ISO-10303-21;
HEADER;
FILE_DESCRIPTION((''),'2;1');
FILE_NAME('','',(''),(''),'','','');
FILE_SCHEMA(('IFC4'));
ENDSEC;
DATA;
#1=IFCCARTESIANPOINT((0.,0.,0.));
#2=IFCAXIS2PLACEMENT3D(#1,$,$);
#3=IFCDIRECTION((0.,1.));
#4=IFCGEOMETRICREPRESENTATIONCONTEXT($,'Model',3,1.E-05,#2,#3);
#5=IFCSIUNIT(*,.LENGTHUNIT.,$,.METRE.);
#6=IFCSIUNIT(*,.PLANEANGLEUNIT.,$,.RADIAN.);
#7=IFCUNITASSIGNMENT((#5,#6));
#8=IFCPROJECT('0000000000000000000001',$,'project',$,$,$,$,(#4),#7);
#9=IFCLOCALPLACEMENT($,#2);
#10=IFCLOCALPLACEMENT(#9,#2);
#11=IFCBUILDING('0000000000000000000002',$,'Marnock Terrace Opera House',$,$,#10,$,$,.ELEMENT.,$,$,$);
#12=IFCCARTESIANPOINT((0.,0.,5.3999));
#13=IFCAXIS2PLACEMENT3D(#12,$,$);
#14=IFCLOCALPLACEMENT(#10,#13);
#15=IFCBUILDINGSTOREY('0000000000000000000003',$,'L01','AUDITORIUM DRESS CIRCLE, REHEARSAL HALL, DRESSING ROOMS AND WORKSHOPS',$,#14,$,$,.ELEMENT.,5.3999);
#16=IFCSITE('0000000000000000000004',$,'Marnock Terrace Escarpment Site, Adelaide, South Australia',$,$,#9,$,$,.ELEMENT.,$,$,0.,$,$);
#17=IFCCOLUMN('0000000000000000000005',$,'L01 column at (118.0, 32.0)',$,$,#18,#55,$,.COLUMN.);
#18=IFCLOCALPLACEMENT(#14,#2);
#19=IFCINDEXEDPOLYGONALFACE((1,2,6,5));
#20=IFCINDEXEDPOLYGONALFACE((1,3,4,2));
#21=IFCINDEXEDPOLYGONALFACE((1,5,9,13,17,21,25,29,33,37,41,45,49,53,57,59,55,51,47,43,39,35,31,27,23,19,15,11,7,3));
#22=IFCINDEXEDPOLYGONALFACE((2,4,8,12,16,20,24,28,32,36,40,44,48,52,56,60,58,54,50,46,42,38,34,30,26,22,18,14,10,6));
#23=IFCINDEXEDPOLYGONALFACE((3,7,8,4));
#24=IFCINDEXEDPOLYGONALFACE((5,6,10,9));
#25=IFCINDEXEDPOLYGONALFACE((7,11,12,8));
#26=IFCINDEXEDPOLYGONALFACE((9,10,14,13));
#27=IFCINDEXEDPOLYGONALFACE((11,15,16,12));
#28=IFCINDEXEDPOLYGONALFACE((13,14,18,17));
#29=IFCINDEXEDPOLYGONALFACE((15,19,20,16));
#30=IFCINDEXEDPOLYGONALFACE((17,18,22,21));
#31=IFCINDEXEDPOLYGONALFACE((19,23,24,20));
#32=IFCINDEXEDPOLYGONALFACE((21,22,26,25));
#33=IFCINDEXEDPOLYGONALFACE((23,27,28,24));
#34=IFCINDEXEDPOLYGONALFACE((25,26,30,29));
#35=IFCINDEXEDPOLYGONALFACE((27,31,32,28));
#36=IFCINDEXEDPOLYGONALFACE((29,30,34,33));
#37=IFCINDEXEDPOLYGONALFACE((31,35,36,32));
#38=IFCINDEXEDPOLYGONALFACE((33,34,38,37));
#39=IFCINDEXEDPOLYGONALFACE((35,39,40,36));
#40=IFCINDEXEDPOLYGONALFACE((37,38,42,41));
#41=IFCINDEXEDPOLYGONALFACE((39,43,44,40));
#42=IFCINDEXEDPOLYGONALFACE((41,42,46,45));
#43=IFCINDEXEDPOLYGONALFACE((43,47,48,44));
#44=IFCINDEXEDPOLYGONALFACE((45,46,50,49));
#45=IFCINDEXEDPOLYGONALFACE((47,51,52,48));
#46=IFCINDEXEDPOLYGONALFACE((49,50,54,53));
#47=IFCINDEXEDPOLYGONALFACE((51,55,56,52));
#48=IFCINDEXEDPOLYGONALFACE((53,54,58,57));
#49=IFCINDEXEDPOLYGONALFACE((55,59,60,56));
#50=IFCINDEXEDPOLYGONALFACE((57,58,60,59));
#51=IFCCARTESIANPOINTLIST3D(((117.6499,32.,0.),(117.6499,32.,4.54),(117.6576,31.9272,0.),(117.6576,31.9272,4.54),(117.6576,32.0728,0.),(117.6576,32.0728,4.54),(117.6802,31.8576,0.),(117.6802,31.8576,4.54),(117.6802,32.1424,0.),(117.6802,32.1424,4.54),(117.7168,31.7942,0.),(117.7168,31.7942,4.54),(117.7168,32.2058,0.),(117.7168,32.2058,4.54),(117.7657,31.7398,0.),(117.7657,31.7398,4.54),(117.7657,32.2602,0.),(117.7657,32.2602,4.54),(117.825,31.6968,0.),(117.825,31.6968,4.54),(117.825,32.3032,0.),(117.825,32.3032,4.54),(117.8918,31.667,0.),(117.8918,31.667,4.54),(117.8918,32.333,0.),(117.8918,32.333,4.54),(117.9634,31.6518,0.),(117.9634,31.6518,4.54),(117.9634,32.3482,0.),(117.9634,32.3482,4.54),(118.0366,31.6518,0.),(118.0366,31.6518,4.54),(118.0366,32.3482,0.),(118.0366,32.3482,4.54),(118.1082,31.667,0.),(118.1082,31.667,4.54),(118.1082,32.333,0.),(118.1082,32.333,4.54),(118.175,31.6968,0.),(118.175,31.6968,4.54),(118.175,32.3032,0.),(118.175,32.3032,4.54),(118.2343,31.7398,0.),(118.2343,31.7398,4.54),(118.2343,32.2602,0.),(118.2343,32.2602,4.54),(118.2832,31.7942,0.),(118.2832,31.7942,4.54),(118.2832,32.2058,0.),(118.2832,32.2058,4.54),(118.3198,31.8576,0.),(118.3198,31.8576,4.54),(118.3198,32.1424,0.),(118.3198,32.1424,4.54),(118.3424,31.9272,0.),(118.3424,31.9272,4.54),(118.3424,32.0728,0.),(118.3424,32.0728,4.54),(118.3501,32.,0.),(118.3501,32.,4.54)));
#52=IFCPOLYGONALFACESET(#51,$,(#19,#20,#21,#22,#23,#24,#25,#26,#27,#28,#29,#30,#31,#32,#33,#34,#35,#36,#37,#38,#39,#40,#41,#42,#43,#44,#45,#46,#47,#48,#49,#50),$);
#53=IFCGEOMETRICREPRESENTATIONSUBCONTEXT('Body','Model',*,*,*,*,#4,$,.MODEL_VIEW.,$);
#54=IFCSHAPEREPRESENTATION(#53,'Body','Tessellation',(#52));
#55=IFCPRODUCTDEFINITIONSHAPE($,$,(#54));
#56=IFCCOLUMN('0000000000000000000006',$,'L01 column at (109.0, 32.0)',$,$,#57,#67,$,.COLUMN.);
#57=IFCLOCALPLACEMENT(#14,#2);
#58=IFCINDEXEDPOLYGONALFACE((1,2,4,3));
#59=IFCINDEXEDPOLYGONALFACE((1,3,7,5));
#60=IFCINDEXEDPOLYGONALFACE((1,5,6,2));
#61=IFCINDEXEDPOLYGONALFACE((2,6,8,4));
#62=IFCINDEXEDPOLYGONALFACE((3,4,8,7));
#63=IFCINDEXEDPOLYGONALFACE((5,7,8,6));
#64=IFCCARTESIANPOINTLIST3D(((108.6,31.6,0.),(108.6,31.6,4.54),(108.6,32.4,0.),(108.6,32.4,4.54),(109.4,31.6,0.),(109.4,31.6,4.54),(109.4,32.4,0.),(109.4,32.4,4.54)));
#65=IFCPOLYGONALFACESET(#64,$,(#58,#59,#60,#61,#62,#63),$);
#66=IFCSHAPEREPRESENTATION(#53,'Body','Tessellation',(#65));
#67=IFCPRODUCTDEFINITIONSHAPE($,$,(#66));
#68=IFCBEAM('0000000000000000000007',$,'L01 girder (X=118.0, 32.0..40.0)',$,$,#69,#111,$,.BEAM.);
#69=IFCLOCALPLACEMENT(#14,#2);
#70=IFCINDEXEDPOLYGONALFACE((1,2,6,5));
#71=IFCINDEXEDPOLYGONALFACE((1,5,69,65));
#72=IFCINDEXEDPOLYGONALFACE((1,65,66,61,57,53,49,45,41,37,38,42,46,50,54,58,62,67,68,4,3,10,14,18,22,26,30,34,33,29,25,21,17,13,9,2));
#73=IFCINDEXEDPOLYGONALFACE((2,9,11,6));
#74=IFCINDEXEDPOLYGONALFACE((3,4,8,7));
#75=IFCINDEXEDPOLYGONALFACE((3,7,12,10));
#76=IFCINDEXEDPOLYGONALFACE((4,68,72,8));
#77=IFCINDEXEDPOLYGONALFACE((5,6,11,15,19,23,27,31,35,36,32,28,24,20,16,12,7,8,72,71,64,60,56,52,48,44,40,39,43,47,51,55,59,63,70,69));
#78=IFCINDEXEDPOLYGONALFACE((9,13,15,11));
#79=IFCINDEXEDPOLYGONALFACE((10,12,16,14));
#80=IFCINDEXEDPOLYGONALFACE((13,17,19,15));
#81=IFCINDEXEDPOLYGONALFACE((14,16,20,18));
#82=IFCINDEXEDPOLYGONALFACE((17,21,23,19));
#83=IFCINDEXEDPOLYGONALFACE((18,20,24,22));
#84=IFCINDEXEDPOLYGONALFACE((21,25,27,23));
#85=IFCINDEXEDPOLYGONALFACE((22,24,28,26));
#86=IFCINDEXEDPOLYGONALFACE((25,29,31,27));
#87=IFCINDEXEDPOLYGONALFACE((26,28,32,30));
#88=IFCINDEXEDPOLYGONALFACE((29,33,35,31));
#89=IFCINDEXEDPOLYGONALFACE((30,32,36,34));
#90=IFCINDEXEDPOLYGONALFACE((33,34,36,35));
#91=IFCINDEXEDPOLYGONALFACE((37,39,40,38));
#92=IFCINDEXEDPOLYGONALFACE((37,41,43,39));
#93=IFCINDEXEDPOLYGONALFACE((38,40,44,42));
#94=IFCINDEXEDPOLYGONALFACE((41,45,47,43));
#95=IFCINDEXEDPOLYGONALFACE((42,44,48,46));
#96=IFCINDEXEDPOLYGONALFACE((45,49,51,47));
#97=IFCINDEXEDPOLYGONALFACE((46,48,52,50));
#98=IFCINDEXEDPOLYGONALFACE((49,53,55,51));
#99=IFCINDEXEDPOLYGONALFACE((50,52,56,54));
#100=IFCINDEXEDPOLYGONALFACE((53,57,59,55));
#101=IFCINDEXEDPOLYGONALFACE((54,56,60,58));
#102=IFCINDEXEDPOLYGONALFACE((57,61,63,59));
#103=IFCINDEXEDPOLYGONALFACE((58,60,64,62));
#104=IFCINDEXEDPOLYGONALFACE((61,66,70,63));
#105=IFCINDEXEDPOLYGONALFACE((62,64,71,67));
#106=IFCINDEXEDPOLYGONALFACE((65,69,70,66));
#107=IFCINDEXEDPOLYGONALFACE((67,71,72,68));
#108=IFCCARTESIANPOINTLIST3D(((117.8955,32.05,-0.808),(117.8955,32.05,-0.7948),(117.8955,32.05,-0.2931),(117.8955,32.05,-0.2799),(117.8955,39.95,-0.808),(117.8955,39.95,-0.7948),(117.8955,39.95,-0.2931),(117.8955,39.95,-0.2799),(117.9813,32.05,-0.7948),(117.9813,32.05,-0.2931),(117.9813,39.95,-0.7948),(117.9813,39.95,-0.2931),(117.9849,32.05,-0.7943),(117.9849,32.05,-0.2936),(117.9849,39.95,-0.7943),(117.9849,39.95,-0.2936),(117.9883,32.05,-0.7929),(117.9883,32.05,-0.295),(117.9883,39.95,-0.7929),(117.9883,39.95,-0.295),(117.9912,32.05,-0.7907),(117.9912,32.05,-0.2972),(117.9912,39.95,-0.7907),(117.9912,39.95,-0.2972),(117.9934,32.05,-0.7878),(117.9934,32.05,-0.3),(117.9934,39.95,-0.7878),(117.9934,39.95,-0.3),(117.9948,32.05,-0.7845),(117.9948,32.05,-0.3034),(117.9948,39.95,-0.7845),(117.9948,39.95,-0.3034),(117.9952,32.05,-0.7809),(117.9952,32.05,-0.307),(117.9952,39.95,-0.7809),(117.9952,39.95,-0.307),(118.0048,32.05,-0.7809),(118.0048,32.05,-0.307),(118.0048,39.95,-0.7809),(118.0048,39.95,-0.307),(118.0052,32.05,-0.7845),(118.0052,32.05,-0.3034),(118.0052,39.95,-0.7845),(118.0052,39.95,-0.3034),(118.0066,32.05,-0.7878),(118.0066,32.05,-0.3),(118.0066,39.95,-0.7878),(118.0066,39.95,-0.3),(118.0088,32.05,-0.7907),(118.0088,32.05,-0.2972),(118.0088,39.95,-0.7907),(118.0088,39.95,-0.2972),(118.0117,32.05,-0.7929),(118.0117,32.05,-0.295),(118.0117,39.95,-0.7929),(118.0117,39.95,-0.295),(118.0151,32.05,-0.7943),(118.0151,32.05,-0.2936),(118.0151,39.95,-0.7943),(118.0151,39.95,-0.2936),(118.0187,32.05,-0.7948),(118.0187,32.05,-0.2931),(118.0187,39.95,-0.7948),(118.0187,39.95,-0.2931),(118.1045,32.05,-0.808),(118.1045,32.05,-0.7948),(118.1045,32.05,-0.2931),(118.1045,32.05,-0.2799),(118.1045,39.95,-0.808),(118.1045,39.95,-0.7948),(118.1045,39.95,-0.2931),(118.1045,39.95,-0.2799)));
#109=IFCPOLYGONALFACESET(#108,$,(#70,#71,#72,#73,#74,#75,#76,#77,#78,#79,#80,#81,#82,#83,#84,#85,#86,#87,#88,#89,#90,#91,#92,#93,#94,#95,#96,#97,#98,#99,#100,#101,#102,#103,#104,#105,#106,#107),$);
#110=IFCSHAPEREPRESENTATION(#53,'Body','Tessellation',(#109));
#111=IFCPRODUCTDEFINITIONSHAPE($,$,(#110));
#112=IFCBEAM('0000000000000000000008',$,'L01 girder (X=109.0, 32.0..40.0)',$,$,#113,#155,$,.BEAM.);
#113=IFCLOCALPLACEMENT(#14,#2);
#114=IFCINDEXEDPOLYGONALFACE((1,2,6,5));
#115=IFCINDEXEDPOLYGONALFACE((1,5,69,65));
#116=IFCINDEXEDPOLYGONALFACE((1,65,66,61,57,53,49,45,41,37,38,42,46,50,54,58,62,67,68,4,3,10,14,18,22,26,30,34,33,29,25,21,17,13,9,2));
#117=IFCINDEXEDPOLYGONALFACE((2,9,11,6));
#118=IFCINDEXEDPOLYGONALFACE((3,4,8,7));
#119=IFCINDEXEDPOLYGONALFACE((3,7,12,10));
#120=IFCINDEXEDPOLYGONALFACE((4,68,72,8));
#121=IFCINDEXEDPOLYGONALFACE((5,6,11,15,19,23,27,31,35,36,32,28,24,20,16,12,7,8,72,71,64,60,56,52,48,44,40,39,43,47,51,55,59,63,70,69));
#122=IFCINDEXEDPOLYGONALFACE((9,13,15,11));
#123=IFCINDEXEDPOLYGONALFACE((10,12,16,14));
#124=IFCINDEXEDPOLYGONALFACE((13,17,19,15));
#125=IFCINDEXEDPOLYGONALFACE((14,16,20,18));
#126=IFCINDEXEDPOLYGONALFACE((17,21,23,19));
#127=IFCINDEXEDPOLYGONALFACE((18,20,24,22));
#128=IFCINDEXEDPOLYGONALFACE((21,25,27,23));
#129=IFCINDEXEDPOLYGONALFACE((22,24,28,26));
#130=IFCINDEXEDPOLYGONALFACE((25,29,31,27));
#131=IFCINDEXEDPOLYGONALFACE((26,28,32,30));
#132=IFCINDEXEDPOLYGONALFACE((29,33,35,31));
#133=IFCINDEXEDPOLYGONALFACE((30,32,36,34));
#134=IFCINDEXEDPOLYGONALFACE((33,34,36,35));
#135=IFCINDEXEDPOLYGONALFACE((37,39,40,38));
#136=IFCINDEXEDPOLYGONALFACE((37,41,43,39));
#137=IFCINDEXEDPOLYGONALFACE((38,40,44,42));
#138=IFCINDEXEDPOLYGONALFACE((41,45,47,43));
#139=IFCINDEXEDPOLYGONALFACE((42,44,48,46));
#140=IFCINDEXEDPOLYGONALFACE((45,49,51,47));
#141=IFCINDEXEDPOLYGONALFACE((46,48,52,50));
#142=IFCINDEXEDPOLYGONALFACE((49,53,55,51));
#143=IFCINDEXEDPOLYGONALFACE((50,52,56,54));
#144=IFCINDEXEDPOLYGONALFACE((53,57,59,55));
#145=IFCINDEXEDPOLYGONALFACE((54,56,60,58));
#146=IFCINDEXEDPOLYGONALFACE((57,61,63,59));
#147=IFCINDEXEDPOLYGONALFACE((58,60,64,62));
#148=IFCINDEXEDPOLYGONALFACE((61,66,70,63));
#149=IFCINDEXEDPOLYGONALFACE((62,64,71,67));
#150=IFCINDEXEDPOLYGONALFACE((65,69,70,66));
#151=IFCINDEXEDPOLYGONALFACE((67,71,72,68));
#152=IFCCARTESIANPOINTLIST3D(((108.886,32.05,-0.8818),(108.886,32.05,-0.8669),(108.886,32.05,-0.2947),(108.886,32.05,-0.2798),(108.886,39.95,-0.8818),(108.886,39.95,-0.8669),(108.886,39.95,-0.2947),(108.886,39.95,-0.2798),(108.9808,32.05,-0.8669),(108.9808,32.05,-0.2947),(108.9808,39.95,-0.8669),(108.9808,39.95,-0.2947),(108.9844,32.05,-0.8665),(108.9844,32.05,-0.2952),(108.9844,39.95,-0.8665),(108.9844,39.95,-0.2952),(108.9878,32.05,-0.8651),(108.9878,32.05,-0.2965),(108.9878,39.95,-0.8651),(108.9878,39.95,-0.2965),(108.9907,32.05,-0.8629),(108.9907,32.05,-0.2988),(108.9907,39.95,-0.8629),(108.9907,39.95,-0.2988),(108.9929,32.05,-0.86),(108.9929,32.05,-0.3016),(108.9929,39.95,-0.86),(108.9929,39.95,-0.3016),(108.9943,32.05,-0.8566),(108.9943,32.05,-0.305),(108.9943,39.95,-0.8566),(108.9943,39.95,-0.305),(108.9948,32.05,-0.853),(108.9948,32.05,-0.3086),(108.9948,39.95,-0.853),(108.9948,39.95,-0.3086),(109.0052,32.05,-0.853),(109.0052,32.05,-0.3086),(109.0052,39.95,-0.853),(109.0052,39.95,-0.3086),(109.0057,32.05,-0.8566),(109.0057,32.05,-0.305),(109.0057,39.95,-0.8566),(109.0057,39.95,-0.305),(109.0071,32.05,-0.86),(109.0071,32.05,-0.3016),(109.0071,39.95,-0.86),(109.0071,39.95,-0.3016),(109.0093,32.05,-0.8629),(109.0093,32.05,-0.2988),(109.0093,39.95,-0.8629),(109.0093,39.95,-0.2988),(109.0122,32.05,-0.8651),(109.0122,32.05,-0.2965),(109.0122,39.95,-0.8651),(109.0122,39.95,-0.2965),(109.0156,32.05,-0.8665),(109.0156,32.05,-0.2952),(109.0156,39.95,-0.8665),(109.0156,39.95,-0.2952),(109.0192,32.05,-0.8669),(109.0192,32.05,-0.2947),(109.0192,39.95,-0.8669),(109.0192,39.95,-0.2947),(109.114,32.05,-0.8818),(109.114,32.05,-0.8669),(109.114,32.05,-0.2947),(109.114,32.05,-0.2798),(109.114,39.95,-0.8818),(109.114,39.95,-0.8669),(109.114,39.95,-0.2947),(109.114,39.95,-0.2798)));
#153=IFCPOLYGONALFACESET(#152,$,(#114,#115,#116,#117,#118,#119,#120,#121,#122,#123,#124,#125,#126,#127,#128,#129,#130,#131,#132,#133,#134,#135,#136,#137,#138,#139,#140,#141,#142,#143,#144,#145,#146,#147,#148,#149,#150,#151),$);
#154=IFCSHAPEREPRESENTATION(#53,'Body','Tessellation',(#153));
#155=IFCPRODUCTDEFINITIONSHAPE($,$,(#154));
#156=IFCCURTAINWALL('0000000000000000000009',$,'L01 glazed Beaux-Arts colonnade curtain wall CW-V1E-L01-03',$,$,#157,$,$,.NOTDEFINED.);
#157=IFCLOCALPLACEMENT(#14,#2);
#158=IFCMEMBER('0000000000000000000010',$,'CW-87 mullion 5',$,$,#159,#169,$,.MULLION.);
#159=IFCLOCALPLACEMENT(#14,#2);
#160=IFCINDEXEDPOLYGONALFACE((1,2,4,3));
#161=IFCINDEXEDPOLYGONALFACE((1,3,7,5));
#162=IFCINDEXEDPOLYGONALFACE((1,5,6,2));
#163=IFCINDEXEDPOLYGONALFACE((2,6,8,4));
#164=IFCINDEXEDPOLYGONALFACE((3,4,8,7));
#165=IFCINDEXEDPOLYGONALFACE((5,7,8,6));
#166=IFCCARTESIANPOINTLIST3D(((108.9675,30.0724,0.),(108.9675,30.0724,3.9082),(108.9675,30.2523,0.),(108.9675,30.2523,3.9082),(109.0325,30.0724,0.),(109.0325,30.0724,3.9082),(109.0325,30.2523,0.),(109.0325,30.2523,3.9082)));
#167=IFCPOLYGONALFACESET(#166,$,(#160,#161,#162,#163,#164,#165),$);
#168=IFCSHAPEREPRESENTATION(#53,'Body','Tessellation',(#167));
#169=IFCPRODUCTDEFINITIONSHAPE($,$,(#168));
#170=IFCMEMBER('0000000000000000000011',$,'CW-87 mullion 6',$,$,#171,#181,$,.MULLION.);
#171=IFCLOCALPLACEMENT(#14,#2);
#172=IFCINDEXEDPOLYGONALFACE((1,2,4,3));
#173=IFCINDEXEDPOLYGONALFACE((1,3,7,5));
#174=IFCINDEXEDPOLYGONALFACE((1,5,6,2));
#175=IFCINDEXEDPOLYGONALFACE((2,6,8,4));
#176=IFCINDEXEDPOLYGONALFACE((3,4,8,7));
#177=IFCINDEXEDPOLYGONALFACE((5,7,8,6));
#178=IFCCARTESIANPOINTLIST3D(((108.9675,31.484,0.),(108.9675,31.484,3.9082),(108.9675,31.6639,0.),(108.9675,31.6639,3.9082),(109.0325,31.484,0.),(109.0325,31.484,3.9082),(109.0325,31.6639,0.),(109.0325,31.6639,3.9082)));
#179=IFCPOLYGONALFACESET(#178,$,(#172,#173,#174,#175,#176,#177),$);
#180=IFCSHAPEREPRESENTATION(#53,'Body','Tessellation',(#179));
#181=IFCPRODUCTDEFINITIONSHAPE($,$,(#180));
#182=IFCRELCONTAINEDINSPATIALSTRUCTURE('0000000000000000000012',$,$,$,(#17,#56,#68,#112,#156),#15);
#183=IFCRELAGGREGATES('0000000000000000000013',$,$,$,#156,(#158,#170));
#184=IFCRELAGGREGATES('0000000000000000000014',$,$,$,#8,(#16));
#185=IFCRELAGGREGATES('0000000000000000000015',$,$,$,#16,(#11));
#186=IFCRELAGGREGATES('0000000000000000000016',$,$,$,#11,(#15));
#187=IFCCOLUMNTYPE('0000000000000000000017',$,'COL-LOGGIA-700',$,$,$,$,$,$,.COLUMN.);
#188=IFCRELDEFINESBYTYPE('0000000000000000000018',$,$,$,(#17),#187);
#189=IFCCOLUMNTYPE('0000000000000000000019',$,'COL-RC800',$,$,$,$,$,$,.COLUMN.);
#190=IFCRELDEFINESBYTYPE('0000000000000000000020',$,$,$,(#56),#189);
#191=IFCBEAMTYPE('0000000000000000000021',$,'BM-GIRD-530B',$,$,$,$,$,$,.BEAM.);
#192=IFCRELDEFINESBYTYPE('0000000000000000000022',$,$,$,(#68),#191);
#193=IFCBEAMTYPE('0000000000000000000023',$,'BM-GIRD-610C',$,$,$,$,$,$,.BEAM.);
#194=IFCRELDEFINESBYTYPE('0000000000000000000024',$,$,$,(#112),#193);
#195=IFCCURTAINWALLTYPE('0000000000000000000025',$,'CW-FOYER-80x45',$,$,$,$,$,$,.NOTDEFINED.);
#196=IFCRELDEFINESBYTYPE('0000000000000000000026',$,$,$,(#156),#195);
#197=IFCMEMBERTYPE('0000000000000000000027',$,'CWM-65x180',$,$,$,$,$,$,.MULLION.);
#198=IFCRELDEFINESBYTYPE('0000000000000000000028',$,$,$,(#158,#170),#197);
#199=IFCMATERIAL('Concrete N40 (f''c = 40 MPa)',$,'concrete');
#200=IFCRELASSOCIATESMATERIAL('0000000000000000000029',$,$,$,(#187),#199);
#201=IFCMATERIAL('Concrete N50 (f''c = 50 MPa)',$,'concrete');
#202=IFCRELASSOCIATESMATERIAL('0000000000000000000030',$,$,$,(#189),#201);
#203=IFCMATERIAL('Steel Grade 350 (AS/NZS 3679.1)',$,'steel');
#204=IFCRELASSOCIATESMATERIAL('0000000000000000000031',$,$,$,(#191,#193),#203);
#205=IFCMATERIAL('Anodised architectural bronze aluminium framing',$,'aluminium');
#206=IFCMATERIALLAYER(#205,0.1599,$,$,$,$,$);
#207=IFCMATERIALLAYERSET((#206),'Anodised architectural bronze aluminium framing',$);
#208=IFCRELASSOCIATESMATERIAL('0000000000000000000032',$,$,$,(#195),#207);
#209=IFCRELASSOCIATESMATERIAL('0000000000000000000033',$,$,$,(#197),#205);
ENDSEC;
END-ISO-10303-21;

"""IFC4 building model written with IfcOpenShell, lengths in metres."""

from ifc_helpers import new_model, si_unit, direction, frame, origin, origin_2d, place, context, subcontext, project, spatial, rectangle, circle, i_section, extrude, material, layer, layer_set, material_profile, profile_set, type_object, element, aggregate, save


model = new_model("IFC4")

# Units and contexts
model_context = context("Model", 3, precision=1e-05, world=origin(), true_north=direction((0.0, 1.0)))
body_context = subcontext(model_context, "Body", "Model", "MODEL_VIEW")
ifc_project = project(units=[si_unit("LENGTHUNIT", "METRE"), si_unit("PLANEANGLEUNIT", "RADIAN")], contexts=[model_context])

# Site, building, storey
site_placement = place(None, origin())
site = spatial("IfcSite", under=ifc_project, at=site_placement, Name="Marnock Terrace Escarpment Site, Adelaide, South Australia", CompositionType="ELEMENT", RefElevation=0.0)
building_placement = place(site_placement, origin())
building = spatial("IfcBuilding", under=site, at=building_placement, Name="Marnock Terrace Opera House", CompositionType="ELEMENT")
storey_placement = place(building_placement, frame((0.0, 0.0, 5.3999)))
storey = spatial("IfcBuildingStorey", under=building, at=storey_placement, Name="L01", Description="AUDITORIUM DRESS CIRCLE, REHEARSAL HALL, DRESSING ROOMS AND WORKSHOPS", CompositionType="ELEMENT", Elevation=5.3999)

# Columns
ifc_material_1 = material(Name="Concrete N40 (f'c = 40 MPa)", Category="concrete")
ifc_material_profile_1 = material_profile(ifc_material_1, circle(Radius=0.3501, at=origin_2d()))
ifc_profile_set_1 = profile_set([ifc_material_profile_1], Name="Concrete N40 (f'c = 40 MPa)")
column_type_1 = type_object("IfcColumnType", Name="COL-LOGGIA-700", PredefinedType="COLUMN", material=ifc_profile_set_1)
column_1_placement = place(storey_placement, frame((118.0, 32.0, 0.0), z_axis=(0.0, 0.0, 1.0), x_axis=(1.0, 0.0, 0.0)))
element("IfcColumn", 1, at=column_1_placement, inside=storey, type_object=column_type_1, Name="L01 column at (118.0, 32.0)", PredefinedType="COLUMN", context=body_context, shape_type="SweptSolid", body=[
    extrude(circle(Radius=0.3501, at=origin_2d()), origin(), (0.0, 0.0, 1.0), 4.54),
])
ifc_material_2 = material(Name="Concrete N50 (f'c = 50 MPa)", Category="concrete")
ifc_material_profile_2 = material_profile(ifc_material_2, rectangle(XDim=0.8, YDim=0.8, at=origin_2d()))
ifc_profile_set_2 = profile_set([ifc_material_profile_2], Name="Concrete N50 (f'c = 50 MPa)")
column_type_2 = type_object("IfcColumnType", Name="COL-RC800", PredefinedType="COLUMN", material=ifc_profile_set_2)
column_2_placement = place(storey_placement, frame((109.0, 32.0, 0.0), z_axis=(0.0, 0.0, 1.0), x_axis=(1.0, 0.0, 0.0)))
element("IfcColumn", 2, at=column_2_placement, inside=storey, type_object=column_type_2, Name="L01 column at (109.0, 32.0)", PredefinedType="COLUMN", context=body_context, shape_type="SweptSolid", body=[
    extrude(rectangle(XDim=0.8, YDim=0.8, at=origin_2d()), origin(), (0.0, 0.0, 1.0), 4.54),
])

# Beams
ifc_material_3 = material(Name="Steel Grade 350 (AS/NZS 3679.1)", Category="steel")
ifc_material_profile_3 = material_profile(ifc_material_3, i_section(OverallWidth=0.209, OverallDepth=0.5281, WebThickness=0.0095, FlangeThickness=0.0132, FilletRadius=0.0139, at=origin_2d()))
ifc_profile_set_3 = profile_set([ifc_material_profile_3], Name="Steel Grade 350 (AS/NZS 3679.1)")
beam_type_1 = type_object("IfcBeamType", Name="BM-GIRD-530B", PredefinedType="BEAM", material=ifc_profile_set_3)
beam_1_placement = place(storey_placement, frame((118.0, 32.05, -0.5439), z_axis=(0.0, 1.0, 0.0), x_axis=(-1.0, 0.0, 0.0)))
element("IfcBeam", 3, at=beam_1_placement, inside=storey, type_object=beam_type_1, Name="L01 girder (X=118.0, 32.0..40.0)", PredefinedType="BEAM", context=body_context, shape_type="SweptSolid", body=[
    extrude(i_section(OverallWidth=0.209, OverallDepth=0.5281, WebThickness=0.0095, FlangeThickness=0.0132, FilletRadius=0.0139, at=origin_2d()), origin(), (0.0, 0.0, 1.0), 7.8999),
])
ifc_material_profile_4 = material_profile(ifc_material_3, i_section(OverallWidth=0.228, OverallDepth=0.6021, WebThickness=0.0105, FlangeThickness=0.0149, FilletRadius=0.0139, at=origin_2d()))
ifc_profile_set_4 = profile_set([ifc_material_profile_4], Name="Steel Grade 350 (AS/NZS 3679.1)")
beam_type_2 = type_object("IfcBeamType", Name="BM-GIRD-610C", PredefinedType="BEAM", material=ifc_profile_set_4)
beam_2_placement = place(storey_placement, frame((109.0, 32.05, -0.5808), z_axis=(0.0, 1.0, 0.0), x_axis=(-1.0, 0.0, 0.0)))
element("IfcBeam", 4, at=beam_2_placement, inside=storey, type_object=beam_type_2, Name="L01 girder (X=109.0, 32.0..40.0)", PredefinedType="BEAM", context=body_context, shape_type="SweptSolid", body=[
    extrude(i_section(OverallWidth=0.228, OverallDepth=0.6021, WebThickness=0.0105, FlangeThickness=0.0149, FilletRadius=0.0139, at=origin_2d()), origin(), (0.0, 0.0, 1.0), 7.8999),
])

# Curtain wall, members
ifc_material_4 = material(Name="Anodised architectural bronze aluminium framing", Category="aluminium")
ifc_layer_1 = layer(ifc_material_4, 0.1599)
ifc_layer_set_1 = layer_set([ifc_layer_1], Name="Anodised architectural bronze aluminium framing")
curtain_wall_type_1 = type_object("IfcCurtainWallType", Name="CW-FOYER-80x45", PredefinedType="NOTDEFINED", material=ifc_layer_set_1)
curtain_wall_1_placement = place(storey_placement, origin())
curtain_wall_1 = element("IfcCurtainWall", 5, at=curtain_wall_1_placement, inside=storey, type_object=curtain_wall_type_1, Name="L01 glazed Beaux-Arts colonnade curtain wall CW-V1E-L01-03", PredefinedType="NOTDEFINED")
ifc_material_profile_5 = material_profile(ifc_material_4, rectangle(XDim=0.0649, YDim=0.1799, at=origin_2d()))
ifc_profile_set_5 = profile_set([ifc_material_profile_5], Name="Anodised architectural bronze aluminium framing")
member_type_1 = type_object("IfcMemberType", Name="CWM-65x180", PredefinedType="MULLION", material=ifc_profile_set_5)
member_1_placement = place(storey_placement, frame((109.0, 30.1624, 0.0), z_axis=(0.0, 0.0, 1.0), x_axis=(-1.0, 0.0, 0.0)))
member_1 = element("IfcMember", 6, at=member_1_placement, type_object=member_type_1, Name="CW-87 mullion 5", PredefinedType="MULLION", context=body_context, shape_type="SweptSolid", body=[
    extrude(rectangle(XDim=0.0649, YDim=0.1799, at=origin_2d()), origin(), (0.0, 0.0, 1.0), 3.9082),
])
member_2_placement = place(storey_placement, frame((109.0, 31.574, 0.0), z_axis=(0.0, 0.0, 1.0), x_axis=(-1.0, 0.0, 0.0)))
member_2 = element("IfcMember", 7, at=member_2_placement, type_object=member_type_1, Name="CW-87 mullion 6", PredefinedType="MULLION", context=body_context, shape_type="SweptSolid", body=[
    extrude(rectangle(XDim=0.0649, YDim=0.1799, at=origin_2d()), origin(), (0.0, 0.0, 1.0), 3.9082),
])

aggregate(curtain_wall_1, [member_1, member_2])

save(model, "model.ifc")
